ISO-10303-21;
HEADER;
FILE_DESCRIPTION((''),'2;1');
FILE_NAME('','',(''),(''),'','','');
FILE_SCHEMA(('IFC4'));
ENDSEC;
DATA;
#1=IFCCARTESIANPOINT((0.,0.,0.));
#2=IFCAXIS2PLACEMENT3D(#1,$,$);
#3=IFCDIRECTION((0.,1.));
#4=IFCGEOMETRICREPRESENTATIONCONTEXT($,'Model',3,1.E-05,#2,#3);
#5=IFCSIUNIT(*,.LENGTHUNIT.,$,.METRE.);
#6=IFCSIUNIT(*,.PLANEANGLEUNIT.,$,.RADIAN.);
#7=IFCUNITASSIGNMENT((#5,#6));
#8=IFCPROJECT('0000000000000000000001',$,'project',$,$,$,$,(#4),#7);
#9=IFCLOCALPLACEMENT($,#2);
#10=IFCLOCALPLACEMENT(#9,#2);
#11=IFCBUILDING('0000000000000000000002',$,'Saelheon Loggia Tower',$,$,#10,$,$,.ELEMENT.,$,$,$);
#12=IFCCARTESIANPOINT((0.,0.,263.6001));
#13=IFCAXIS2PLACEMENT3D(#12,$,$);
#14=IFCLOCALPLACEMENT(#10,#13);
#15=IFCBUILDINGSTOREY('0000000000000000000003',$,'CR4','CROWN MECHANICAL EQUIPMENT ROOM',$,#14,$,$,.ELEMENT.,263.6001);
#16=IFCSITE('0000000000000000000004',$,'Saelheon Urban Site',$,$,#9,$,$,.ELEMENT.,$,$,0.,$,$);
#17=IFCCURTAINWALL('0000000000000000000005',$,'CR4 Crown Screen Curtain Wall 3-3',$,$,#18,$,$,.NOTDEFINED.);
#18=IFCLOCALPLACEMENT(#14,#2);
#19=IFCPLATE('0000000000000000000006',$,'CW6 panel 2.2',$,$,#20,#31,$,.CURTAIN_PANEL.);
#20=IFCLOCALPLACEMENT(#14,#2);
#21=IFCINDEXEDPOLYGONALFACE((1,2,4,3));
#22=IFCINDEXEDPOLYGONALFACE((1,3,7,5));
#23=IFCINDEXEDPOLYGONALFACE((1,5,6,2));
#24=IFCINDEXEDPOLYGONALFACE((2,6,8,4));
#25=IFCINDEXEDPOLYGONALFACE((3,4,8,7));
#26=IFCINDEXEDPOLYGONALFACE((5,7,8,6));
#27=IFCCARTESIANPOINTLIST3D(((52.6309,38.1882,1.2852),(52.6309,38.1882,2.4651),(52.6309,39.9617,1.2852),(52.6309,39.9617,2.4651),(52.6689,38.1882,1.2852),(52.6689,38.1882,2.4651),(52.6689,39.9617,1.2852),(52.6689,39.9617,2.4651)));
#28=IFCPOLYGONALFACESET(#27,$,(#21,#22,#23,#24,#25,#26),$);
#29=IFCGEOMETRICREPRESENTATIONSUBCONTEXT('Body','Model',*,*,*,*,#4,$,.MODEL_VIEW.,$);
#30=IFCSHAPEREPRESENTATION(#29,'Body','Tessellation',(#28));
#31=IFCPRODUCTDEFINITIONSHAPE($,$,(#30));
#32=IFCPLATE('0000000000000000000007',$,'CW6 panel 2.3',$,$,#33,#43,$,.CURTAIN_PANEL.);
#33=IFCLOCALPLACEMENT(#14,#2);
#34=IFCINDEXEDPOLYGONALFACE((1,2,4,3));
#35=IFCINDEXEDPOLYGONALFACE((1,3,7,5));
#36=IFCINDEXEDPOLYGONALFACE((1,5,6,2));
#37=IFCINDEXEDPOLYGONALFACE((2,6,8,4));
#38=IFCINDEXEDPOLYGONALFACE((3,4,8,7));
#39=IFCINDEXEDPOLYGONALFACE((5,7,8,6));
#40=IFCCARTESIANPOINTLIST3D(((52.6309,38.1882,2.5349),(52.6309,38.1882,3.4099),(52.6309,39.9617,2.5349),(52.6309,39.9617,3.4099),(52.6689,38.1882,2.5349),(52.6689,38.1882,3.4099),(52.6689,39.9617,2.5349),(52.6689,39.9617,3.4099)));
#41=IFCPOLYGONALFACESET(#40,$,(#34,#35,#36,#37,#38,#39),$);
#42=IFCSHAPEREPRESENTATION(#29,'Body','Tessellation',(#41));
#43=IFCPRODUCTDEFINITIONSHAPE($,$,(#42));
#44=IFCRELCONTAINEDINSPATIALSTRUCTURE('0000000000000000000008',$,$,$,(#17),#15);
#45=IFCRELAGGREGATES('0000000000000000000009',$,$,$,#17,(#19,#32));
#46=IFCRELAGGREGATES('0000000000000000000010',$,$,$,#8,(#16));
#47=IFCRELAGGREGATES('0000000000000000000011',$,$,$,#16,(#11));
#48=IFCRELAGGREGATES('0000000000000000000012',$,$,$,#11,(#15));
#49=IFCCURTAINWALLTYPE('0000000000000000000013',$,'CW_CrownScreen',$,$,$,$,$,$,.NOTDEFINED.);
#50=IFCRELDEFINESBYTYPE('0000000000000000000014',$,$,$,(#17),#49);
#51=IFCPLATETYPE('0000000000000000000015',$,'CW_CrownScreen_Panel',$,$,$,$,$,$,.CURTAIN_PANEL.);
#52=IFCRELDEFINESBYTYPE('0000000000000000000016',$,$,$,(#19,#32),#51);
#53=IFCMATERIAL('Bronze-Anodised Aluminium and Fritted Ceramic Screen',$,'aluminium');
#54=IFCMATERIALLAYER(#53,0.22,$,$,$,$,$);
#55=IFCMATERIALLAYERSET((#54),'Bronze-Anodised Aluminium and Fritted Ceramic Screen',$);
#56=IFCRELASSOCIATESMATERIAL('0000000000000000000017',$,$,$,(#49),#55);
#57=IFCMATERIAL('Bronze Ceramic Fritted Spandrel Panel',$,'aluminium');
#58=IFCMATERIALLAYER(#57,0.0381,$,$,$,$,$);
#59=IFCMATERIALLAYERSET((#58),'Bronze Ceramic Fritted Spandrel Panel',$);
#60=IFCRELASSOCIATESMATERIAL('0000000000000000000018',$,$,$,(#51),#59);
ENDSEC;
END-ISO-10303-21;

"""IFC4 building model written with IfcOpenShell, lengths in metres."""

from ifc_helpers import new_model, si_unit, direction, frame, origin, origin_2d, place, context, subcontext, project, spatial, rectangle, extrude, source, transform, mapped, material, layer, layer_set, type_object, element, aggregate, save


model = new_model("IFC4")

# Units and contexts
model_context = context("Model", 3, precision=1e-05, world=origin(), true_north=direction((0.0, 1.0)))
body_context = subcontext(model_context, "Body", "Model", "MODEL_VIEW")
ifc_project = project(units=[si_unit("LENGTHUNIT", "METRE"), si_unit("PLANEANGLEUNIT", "RADIAN")], contexts=[model_context])

# Site, building, storey
site_placement = place(None, origin())
site = spatial("IfcSite", under=ifc_project, at=site_placement, Name="Saelheon Urban Site", CompositionType="ELEMENT", RefElevation=0.0)
building_placement = place(site_placement, origin())
building = spatial("IfcBuilding", under=site, at=building_placement, Name="Saelheon Loggia Tower", CompositionType="ELEMENT")
storey_placement = place(building_placement, frame((0.0, 0.0, 263.6001)))
storey = spatial("IfcBuildingStorey", under=building, at=storey_placement, Name="CR4", Description="CROWN MECHANICAL EQUIPMENT ROOM", CompositionType="ELEMENT", Elevation=263.6001)

# Curtain wall, plates
ifc_material_1 = material(Name="Bronze-Anodised Aluminium and Fritted Ceramic Screen", Category="aluminium")
ifc_layer_1 = layer(ifc_material_1, 0.22)
ifc_layer_set_1 = layer_set([ifc_layer_1], Name="Bronze-Anodised Aluminium and Fritted Ceramic Screen")
curtain_wall_type = type_object("IfcCurtainWallType", Name="CW_CrownScreen", PredefinedType="NOTDEFINED", material=ifc_layer_set_1)
curtain_wall_placement = place(storey_placement, origin())
curtain_wall = element("IfcCurtainWall", 1, at=curtain_wall_placement, inside=storey, type_object=curtain_wall_type, Name="CR4 Crown Screen Curtain Wall 3-3", PredefinedType="NOTDEFINED")
ifc_material_2 = material(Name="Bronze Ceramic Fritted Spandrel Panel", Category="aluminium")
ifc_layer_2 = layer(ifc_material_2, 0.0381)
ifc_layer_set_2 = layer_set([ifc_layer_2], Name="Bronze Ceramic Fritted Spandrel Panel")
plate_type = type_object("IfcPlateType", Name="CW_CrownScreen_Panel", PredefinedType="CURTAIN_PANEL", material=ifc_layer_set_2)
shared_shape_1 = source(origin(), body_context, "Body", "SweptSolid", [
    extrude(rectangle(XDim=1.7734, YDim=0.0381, at=origin_2d()), origin(), (0.0, 0.0, 1.0), 1.1799),
])
plate_1_placement = place(storey_placement, frame((52.6499, 39.075, 1.2852), z_axis=(0.0, 0.0, 1.0), x_axis=(0.0, 1.0, 0.0)))
plate_1 = element("IfcPlate", 2, at=plate_1_placement, type_object=plate_type, Name="CW6 panel 2.2", PredefinedType="CURTAIN_PANEL", context=body_context, shape_type="MappedRepresentation", body=[
    mapped(shared_shape_1, transform((0.0, 0.0, 0.0), scale=1.0)),
])
shared_shape_2 = source(origin(), body_context, "Body", "SweptSolid", [
    extrude(rectangle(XDim=1.7734, YDim=0.0381, at=origin_2d()), origin(), (0.0, 0.0, 1.0), 0.875),
])
plate_2_placement = place(storey_placement, frame((52.6499, 39.075, 2.5349), z_axis=(0.0, 0.0, 1.0), x_axis=(0.0, 1.0, 0.0)))
plate_2 = element("IfcPlate", 3, at=plate_2_placement, type_object=plate_type, Name="CW6 panel 2.3", PredefinedType="CURTAIN_PANEL", context=body_context, shape_type="MappedRepresentation", body=[
    mapped(shared_shape_2, transform((0.0, 0.0, 0.0), scale=1.0)),
])
aggregate(curtain_wall, [plate_1, plate_2])

save(model, "model.ifc")
